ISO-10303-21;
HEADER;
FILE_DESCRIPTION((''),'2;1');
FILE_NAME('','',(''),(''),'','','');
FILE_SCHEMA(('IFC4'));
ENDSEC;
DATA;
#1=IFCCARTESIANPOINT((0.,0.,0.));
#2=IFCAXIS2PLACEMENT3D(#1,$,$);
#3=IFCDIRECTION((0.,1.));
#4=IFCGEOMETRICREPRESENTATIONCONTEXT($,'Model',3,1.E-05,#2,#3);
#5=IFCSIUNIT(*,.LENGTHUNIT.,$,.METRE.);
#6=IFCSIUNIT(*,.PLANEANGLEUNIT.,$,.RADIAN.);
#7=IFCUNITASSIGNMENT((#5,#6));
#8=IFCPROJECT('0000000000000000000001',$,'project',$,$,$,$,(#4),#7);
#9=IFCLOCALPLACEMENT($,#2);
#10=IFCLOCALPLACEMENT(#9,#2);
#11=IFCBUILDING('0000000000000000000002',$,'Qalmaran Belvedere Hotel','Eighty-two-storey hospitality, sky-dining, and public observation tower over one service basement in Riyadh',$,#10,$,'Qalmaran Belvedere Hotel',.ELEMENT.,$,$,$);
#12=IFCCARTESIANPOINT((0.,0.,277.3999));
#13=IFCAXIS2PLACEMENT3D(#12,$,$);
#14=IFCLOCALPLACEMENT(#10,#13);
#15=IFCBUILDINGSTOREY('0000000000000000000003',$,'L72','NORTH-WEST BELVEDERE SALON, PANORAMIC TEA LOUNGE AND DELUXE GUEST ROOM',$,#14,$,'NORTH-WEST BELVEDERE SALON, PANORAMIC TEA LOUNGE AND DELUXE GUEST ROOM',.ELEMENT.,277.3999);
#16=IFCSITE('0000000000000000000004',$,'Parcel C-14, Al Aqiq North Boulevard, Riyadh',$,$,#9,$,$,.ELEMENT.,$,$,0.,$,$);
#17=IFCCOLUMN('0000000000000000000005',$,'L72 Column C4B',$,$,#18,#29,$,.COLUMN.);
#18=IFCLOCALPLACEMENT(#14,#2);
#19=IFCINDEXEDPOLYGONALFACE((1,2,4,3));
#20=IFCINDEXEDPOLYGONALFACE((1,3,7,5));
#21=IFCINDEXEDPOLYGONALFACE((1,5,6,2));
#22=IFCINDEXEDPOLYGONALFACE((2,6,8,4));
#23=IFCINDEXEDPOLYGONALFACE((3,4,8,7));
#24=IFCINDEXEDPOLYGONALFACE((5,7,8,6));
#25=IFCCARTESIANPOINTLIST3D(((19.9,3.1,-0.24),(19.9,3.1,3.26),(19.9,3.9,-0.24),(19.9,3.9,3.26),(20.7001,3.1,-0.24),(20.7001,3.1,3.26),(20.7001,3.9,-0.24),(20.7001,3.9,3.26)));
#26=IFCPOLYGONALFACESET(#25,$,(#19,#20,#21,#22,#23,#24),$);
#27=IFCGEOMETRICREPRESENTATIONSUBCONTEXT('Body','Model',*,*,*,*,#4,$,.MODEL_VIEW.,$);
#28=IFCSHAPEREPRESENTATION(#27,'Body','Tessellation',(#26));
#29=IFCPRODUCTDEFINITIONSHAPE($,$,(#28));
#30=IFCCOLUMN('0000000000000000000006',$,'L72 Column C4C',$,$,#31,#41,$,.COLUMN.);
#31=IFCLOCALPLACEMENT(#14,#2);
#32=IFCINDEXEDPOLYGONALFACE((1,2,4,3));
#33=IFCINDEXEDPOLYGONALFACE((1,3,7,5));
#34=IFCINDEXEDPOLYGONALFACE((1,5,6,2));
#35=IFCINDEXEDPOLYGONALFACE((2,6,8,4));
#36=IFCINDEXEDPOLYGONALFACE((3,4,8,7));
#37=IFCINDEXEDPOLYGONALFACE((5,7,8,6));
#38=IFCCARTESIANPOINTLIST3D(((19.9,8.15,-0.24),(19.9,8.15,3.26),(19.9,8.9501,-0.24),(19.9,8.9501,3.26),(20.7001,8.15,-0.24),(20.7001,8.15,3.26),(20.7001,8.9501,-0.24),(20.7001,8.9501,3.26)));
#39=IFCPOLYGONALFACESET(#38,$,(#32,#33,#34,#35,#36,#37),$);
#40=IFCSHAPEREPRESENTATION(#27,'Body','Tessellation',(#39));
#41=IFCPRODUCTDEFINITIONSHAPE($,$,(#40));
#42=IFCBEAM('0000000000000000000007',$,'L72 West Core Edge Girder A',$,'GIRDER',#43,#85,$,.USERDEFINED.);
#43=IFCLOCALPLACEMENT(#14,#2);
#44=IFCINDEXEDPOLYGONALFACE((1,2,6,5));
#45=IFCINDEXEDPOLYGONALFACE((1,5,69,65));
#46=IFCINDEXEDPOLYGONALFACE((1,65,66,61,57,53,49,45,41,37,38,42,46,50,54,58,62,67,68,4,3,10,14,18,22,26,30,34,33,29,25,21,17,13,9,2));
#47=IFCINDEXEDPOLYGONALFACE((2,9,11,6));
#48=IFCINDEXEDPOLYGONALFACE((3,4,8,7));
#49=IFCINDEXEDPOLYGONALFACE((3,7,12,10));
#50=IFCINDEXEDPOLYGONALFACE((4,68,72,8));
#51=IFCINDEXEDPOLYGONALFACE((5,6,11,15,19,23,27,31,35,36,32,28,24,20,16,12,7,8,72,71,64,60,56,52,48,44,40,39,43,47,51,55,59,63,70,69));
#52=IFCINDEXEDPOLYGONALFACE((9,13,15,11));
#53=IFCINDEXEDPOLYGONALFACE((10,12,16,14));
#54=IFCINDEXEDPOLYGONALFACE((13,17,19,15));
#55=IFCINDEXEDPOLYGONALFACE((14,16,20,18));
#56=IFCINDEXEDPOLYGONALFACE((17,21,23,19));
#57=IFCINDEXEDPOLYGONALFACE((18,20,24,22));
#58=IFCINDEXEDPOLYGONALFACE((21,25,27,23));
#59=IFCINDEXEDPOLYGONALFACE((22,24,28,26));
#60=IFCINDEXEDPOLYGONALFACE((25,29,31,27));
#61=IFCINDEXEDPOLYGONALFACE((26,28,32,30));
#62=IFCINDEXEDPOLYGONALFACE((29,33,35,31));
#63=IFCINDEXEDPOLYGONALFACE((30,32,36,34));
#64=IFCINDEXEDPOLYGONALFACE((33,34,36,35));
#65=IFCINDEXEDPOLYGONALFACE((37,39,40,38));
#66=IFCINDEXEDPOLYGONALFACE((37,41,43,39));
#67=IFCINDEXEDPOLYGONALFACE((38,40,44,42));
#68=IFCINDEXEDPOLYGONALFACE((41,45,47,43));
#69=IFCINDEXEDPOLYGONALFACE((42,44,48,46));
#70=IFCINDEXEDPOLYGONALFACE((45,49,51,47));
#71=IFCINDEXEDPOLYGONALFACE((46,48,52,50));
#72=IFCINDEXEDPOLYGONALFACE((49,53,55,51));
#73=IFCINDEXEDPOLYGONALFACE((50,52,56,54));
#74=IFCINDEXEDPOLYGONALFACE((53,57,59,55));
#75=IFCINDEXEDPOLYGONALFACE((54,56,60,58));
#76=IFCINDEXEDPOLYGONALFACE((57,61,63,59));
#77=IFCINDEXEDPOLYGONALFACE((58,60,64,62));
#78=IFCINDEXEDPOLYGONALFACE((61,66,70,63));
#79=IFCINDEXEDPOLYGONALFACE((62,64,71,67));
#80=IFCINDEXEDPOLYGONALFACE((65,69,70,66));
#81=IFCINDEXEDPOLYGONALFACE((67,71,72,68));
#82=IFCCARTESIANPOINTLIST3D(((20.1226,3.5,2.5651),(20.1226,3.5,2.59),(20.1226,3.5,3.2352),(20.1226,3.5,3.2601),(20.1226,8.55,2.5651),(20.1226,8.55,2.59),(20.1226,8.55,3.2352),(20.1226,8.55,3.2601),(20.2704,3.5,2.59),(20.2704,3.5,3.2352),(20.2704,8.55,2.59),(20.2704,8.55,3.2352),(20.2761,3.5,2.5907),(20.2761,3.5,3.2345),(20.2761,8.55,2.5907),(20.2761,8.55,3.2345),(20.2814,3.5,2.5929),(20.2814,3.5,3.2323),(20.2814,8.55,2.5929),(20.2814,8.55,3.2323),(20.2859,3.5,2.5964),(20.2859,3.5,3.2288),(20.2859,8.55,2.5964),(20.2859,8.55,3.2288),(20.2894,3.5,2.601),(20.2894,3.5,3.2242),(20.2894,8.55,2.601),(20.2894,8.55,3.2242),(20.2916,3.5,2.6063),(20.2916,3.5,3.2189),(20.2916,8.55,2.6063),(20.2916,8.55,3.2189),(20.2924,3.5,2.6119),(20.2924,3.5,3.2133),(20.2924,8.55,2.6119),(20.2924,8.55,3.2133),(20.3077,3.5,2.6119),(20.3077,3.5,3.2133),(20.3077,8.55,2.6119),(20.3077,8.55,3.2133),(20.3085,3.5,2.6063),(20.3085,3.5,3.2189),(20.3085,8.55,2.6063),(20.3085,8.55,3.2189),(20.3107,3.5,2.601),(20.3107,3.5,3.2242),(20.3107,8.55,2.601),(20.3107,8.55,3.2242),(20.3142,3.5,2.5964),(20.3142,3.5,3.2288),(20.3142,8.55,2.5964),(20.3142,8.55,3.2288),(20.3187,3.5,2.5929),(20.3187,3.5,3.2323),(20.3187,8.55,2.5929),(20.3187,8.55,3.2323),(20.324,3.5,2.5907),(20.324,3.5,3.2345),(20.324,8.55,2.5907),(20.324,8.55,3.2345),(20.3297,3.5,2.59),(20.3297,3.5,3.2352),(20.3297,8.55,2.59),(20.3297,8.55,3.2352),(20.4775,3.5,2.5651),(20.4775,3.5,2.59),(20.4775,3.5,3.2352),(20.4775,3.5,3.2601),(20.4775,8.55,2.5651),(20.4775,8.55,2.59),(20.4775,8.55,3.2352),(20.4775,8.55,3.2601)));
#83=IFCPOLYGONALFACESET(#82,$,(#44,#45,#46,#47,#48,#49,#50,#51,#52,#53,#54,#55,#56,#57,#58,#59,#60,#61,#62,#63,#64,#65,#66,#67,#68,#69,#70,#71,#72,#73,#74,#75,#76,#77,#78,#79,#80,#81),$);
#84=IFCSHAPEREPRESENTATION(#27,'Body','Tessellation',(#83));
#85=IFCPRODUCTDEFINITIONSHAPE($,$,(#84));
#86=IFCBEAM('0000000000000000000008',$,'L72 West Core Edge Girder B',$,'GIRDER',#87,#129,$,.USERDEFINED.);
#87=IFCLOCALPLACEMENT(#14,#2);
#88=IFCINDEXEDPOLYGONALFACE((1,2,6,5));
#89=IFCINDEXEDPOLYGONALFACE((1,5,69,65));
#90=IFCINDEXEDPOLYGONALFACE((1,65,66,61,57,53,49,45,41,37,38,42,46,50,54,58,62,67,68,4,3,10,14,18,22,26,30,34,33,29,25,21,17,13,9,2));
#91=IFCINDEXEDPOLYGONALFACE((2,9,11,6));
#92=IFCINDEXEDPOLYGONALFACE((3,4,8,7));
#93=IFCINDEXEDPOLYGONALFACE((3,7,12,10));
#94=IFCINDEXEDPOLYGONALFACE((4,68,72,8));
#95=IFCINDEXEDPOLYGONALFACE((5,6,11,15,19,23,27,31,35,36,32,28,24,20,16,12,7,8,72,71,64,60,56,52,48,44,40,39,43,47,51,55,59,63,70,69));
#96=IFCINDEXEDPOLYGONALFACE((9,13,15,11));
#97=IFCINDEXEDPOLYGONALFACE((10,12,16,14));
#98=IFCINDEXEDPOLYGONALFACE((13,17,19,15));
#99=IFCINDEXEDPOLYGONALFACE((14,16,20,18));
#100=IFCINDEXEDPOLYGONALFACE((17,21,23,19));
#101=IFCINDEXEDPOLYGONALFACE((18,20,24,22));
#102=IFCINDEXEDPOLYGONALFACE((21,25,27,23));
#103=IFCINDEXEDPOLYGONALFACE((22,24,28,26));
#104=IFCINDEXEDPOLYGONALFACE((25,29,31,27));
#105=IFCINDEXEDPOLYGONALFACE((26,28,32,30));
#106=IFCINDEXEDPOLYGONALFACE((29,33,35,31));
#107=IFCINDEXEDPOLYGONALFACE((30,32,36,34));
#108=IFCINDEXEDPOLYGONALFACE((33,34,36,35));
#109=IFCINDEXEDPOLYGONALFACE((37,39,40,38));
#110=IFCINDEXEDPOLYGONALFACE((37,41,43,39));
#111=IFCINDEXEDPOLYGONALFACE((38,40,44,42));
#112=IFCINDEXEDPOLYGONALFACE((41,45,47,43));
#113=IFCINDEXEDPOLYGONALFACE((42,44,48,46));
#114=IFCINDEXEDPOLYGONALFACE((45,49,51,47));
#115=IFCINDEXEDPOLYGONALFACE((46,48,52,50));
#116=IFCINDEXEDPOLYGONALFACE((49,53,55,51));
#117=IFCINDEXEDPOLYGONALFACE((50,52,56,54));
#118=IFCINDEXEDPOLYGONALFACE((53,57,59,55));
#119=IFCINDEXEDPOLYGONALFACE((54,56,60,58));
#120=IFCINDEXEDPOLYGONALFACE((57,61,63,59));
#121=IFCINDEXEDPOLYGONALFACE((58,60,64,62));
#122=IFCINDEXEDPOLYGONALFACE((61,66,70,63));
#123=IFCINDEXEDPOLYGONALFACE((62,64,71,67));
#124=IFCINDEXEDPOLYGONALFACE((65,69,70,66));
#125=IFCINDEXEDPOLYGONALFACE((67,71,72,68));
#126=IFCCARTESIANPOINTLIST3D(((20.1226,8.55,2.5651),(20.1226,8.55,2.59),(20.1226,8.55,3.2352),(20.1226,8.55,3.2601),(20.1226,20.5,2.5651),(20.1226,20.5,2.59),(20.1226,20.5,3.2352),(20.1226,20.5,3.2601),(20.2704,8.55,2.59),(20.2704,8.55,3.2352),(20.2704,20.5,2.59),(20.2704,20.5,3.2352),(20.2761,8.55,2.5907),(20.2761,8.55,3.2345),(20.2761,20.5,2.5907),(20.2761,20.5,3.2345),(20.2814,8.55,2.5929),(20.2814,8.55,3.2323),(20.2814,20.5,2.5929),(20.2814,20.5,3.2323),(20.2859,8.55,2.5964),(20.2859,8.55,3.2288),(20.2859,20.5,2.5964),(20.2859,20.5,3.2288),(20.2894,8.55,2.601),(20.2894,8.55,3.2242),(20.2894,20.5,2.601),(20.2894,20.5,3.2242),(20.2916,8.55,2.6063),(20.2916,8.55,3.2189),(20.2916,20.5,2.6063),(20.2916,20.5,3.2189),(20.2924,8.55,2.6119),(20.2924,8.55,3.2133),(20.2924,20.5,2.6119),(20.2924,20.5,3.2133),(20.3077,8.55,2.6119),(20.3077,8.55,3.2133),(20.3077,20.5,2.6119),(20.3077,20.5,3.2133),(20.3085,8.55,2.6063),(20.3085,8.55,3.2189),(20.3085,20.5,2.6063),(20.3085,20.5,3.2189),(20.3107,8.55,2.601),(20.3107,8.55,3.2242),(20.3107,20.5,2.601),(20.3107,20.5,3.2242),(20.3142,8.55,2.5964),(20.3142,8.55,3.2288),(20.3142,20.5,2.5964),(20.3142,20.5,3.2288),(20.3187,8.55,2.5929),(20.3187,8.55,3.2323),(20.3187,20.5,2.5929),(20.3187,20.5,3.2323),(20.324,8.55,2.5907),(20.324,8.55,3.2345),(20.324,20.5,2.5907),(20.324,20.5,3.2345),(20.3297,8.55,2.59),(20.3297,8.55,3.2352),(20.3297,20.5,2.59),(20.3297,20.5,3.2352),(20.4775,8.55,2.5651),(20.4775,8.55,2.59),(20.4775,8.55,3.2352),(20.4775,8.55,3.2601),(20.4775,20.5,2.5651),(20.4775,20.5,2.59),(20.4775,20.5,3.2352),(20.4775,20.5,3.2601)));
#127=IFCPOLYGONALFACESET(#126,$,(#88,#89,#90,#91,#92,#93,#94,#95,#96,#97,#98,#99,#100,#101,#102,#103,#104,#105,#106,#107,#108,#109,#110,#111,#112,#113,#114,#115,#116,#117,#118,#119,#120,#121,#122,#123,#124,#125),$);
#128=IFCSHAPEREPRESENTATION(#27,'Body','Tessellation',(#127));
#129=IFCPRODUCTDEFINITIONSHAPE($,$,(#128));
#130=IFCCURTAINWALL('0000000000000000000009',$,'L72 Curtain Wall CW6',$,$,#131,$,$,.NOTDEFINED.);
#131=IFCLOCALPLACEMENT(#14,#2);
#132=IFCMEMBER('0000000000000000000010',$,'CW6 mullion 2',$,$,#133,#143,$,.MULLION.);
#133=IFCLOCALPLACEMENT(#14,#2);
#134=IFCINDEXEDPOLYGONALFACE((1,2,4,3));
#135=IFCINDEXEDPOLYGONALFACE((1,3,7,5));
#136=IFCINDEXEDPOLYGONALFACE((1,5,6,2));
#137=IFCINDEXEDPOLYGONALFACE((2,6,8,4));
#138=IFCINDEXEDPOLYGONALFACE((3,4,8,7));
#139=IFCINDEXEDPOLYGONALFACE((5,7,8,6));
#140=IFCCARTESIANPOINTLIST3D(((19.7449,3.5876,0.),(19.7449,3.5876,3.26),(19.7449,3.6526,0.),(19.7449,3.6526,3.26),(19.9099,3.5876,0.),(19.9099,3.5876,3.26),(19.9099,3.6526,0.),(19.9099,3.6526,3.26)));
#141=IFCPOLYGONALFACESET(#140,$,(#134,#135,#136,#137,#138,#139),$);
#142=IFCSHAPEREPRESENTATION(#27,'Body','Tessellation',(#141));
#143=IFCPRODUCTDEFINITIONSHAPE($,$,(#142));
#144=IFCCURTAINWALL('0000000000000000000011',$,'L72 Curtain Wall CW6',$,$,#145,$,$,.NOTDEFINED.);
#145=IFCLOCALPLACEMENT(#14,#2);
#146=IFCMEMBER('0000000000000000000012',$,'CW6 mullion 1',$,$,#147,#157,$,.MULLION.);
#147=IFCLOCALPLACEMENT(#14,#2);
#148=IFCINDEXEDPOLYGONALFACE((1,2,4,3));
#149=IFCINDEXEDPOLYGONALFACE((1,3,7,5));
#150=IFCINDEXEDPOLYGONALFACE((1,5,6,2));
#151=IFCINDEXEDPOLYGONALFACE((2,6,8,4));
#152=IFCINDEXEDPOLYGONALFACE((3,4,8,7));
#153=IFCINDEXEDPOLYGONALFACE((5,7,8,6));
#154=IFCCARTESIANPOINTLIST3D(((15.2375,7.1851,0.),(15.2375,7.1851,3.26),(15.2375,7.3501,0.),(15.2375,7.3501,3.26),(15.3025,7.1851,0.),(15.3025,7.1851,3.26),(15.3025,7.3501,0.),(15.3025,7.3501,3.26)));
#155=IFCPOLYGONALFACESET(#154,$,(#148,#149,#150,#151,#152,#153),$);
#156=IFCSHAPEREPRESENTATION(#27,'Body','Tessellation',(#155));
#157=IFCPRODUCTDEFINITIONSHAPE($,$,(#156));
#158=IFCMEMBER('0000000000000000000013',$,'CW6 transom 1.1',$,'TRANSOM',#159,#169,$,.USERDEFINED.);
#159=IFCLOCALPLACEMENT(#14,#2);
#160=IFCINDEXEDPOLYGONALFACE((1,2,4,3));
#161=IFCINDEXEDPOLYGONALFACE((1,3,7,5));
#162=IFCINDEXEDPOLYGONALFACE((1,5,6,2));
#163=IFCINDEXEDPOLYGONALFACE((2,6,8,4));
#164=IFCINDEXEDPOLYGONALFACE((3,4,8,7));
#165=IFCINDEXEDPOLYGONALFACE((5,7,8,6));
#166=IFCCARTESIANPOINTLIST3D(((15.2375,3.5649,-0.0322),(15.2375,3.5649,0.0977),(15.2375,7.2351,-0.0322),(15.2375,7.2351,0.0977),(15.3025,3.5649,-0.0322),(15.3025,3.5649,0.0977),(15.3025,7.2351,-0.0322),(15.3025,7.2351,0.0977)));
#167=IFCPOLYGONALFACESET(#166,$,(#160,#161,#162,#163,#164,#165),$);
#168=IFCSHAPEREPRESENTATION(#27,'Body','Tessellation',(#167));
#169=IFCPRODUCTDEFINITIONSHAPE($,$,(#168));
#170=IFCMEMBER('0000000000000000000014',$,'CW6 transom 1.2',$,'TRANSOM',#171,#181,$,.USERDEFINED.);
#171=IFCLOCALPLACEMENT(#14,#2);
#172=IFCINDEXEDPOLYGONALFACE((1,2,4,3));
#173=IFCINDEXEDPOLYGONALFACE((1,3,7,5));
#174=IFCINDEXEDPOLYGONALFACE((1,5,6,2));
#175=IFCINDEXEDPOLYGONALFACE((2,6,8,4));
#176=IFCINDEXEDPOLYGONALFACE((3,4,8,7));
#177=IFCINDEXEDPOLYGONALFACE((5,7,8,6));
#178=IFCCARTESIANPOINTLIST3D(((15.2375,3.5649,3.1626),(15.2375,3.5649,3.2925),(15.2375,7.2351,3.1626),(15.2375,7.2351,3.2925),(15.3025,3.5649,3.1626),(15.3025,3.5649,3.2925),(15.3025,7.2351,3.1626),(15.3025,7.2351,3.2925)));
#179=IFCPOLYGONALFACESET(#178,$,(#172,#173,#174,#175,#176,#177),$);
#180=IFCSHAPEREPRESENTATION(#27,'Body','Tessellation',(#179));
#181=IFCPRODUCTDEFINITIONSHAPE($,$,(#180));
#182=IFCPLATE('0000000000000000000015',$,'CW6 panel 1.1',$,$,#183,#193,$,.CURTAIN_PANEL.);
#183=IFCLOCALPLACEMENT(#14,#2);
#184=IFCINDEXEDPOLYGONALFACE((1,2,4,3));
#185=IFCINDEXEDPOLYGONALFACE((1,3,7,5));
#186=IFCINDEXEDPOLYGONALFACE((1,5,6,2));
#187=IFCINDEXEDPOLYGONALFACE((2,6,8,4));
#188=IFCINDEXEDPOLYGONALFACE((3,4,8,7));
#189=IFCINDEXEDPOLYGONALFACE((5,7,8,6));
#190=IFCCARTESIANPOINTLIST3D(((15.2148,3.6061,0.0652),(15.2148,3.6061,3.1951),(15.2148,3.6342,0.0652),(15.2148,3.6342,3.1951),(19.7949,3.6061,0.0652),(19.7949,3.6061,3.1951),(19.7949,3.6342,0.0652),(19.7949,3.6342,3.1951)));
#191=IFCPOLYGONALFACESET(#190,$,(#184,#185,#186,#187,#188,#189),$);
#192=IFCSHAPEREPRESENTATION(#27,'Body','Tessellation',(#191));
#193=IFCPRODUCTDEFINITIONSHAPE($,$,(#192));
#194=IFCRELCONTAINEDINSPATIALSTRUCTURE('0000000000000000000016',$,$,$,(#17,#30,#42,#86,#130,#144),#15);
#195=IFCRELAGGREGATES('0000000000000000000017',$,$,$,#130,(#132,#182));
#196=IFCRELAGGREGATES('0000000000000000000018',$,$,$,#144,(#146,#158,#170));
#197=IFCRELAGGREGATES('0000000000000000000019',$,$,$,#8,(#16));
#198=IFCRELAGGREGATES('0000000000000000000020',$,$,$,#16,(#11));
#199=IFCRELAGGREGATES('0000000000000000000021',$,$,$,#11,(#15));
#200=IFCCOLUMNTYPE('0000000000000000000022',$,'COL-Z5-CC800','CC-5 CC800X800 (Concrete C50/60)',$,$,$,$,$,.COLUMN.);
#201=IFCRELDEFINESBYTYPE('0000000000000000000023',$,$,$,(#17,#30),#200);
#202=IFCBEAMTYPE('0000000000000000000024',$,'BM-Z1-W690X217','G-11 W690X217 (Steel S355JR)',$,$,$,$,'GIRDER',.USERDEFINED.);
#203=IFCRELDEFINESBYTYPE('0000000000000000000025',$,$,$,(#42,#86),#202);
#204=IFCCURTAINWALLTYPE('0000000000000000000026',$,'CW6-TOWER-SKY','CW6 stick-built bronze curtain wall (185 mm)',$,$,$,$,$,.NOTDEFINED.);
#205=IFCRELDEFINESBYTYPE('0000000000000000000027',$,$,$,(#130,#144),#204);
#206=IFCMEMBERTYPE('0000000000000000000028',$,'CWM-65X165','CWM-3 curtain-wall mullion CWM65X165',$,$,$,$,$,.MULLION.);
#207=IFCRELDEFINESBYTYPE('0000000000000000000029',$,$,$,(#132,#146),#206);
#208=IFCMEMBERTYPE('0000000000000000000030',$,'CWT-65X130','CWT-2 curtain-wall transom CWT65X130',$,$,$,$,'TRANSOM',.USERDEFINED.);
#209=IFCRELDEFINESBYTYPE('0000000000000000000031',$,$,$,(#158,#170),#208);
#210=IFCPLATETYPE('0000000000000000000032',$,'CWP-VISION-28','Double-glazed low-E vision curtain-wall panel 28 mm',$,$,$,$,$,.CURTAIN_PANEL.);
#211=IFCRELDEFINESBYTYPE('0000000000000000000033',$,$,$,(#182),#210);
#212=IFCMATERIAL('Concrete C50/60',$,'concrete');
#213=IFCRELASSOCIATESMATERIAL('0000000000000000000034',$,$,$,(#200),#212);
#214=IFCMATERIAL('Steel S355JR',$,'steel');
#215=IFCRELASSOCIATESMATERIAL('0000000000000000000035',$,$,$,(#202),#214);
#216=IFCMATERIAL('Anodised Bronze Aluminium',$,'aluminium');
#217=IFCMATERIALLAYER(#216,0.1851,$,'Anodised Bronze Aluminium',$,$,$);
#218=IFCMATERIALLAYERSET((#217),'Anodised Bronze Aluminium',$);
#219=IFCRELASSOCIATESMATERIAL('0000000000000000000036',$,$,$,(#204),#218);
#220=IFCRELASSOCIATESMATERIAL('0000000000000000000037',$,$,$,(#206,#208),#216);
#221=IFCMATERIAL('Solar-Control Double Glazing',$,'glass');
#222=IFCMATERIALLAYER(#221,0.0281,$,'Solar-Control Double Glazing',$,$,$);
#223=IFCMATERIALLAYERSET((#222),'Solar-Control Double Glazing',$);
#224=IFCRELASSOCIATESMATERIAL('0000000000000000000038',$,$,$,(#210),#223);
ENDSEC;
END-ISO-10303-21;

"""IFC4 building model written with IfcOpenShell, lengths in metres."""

from ifc_helpers import new_model, si_unit, direction, frame, origin, origin_2d, place, context, subcontext, project, spatial, rectangle, i_section, extrude, material, layer, layer_set, material_profile, profile_set, type_object, element, aggregate, save


model = new_model("IFC4")

# Units and contexts
model_context = context("Model", 3, precision=1e-05, world=origin(), true_north=direction((0.0, 1.0)))
body_context = subcontext(model_context, "Body", "Model", "MODEL_VIEW")
ifc_project = project(units=[si_unit("LENGTHUNIT", "METRE"), si_unit("PLANEANGLEUNIT", "RADIAN")], contexts=[model_context])

# Site, building, storey
site_placement = place(None, origin())
site = spatial("IfcSite", under=ifc_project, at=site_placement, Name="Parcel C-14, Al Aqiq North Boulevard, Riyadh", CompositionType="ELEMENT", RefElevation=0.0)
building_placement = place(site_placement, origin())
building = spatial("IfcBuilding", under=site, at=building_placement, Name="Qalmaran Belvedere Hotel", Description="Eighty-two-storey hospitality, sky-dining, and public observation tower over one service basement in Riyadh", LongName="Qalmaran Belvedere Hotel", CompositionType="ELEMENT")
storey_placement = place(building_placement, frame((0.0, 0.0, 277.3999)))
storey = spatial("IfcBuildingStorey", under=building, at=storey_placement, Name="L72", Description="NORTH-WEST BELVEDERE SALON, PANORAMIC TEA LOUNGE AND DELUXE GUEST ROOM", LongName="NORTH-WEST BELVEDERE SALON, PANORAMIC TEA LOUNGE AND DELUXE GUEST ROOM", CompositionType="ELEMENT", Elevation=277.3999)

# Columns
ifc_material_1 = material(Name="Concrete C50/60", Category="concrete")
ifc_material_profile_1 = material_profile(ifc_material_1, rectangle(XDim=0.8, YDim=0.8, at=origin_2d()), Name="CC800X800")
ifc_profile_set_1 = profile_set([ifc_material_profile_1], Name="Concrete C50/60")
column_type = type_object("IfcColumnType", Name="COL-Z5-CC800", Description="CC-5 CC800X800 (Concrete C50/60)", PredefinedType="COLUMN", material=ifc_profile_set_1)
for number, where, z_axis, x_axis, name in (
    (1, (20.3, 3.5, -0.24), (0.0, 0.0, 1.0), (1.0, 0.0, 0.0), "L72 Column C4B"),
    (2, (20.3, 8.55, -0.24), (0.0, 0.0, 1.0), (1.0, 0.0, 0.0), "L72 Column C4C"),
):
    element("IfcColumn", number, at=place(storey_placement, frame(where, z_axis=z_axis, x_axis=x_axis)), inside=storey, type_object=column_type, Name=name, PredefinedType="COLUMN", context=body_context, shape_type="SweptSolid", body=[
        extrude(rectangle(XDim=0.8, YDim=0.8, at=origin_2d()), origin(), (0.0, 0.0, 1.0), 3.5),
    ])

# Beams
ifc_material_2 = material(Name="Steel S355JR", Category="steel")
ifc_material_profile_2 = material_profile(ifc_material_2, i_section(OverallWidth=0.355, OverallDepth=0.6951, WebThickness=0.0154, FlangeThickness=0.0249, FilletRadius=0.022, at=origin_2d()), Name="W690X217")
ifc_profile_set_2 = profile_set([ifc_material_profile_2], Name="Steel S355JR")
beam_type = type_object("IfcBeamType", Name="BM-Z1-W690X217", Description="G-11 W690X217 (Steel S355JR)", ElementType="GIRDER", PredefinedType="USERDEFINED", material=ifc_profile_set_2)
beam_1_placement = place(storey_placement, frame((20.3, 3.5, 2.9126), z_axis=(0.0, 1.0, 0.0), x_axis=(-1.0, 0.0, 0.0)))
element("IfcBeam", 3, at=beam_1_placement, inside=storey, type_object=beam_type, Name="L72 West Core Edge Girder A", ObjectType="GIRDER", PredefinedType="USERDEFINED", context=body_context, shape_type="SweptSolid", body=[
    extrude(i_section(OverallWidth=0.355, OverallDepth=0.6951, WebThickness=0.0154, FlangeThickness=0.0249, FilletRadius=0.022, at=origin_2d()), origin(), (0.0, 0.0, 1.0), 5.05),
])
beam_2_placement = place(storey_placement, frame((20.3, 8.55, 2.9126), z_axis=(0.0, 1.0, 0.0), x_axis=(-1.0, 0.0, 0.0)))
element("IfcBeam", 4, at=beam_2_placement, inside=storey, type_object=beam_type, Name="L72 West Core Edge Girder B", ObjectType="GIRDER", PredefinedType="USERDEFINED", context=body_context, shape_type="SweptSolid", body=[
    extrude(i_section(OverallWidth=0.355, OverallDepth=0.6951, WebThickness=0.0154, FlangeThickness=0.0249, FilletRadius=0.022, at=origin_2d()), origin(), (0.0, 0.0, 1.0), 11.95),
])

# Curtain wall, member
ifc_material_3 = material(Name="Anodised Bronze Aluminium", Category="aluminium")
ifc_layer_1 = layer(ifc_material_3, 0.1851, Name="Anodised Bronze Aluminium")
ifc_layer_set_1 = layer_set([ifc_layer_1], Name="Anodised Bronze Aluminium")
curtain_wall_type = type_object("IfcCurtainWallType", Name="CW6-TOWER-SKY", Description="CW6 stick-built bronze curtain wall (185 mm)", PredefinedType="NOTDEFINED", material=ifc_layer_set_1)
curtain_wall_1_placement = place(storey_placement, origin())
curtain_wall_1 = element("IfcCurtainWall", 5, at=curtain_wall_1_placement, inside=storey, type_object=curtain_wall_type, Name="L72 Curtain Wall CW6", PredefinedType="NOTDEFINED")
ifc_material_profile_3 = material_profile(ifc_material_3, rectangle(XDim=0.0649, YDim=0.165, at=origin_2d()), Name="CWM65X165")
ifc_profile_set_3 = profile_set([ifc_material_profile_3], Name="Anodised Bronze Aluminium")
member_type_1 = type_object("IfcMemberType", Name="CWM-65X165", Description="CWM-3 curtain-wall mullion CWM65X165", PredefinedType="MULLION", material=ifc_profile_set_3)
member_1_placement = place(storey_placement, frame((19.8274, 3.6201, 0.0), z_axis=(0.0, 0.0, 1.0), x_axis=(0.0, 1.0, 0.0)))
member_1 = element("IfcMember", 6, at=member_1_placement, type_object=member_type_1, Name="CW6 mullion 2", PredefinedType="MULLION", context=body_context, shape_type="SweptSolid", body=[
    extrude(rectangle(XDim=0.0649, YDim=0.165, at=origin_2d()), origin(), (0.0, 0.0, 1.0), 3.26),
])

# Curtain wall, members
curtain_wall_2_placement = place(storey_placement, origin())
curtain_wall_2 = element("IfcCurtainWall", 7, at=curtain_wall_2_placement, inside=storey, type_object=curtain_wall_type, Name="L72 Curtain Wall CW6", PredefinedType="NOTDEFINED")
member_2_placement = place(storey_placement, frame((15.27, 7.2676, 0.0), z_axis=(0.0, 0.0, 1.0), x_axis=(1.0, 0.0, 0.0)))
member_2 = element("IfcMember", 8, at=member_2_placement, type_object=member_type_1, Name="CW6 mullion 1", PredefinedType="MULLION", context=body_context, shape_type="SweptSolid", body=[
    extrude(rectangle(XDim=0.0649, YDim=0.165, at=origin_2d()), origin(), (0.0, 0.0, 1.0), 3.26),
])
ifc_material_profile_4 = material_profile(ifc_material_3, rectangle(XDim=0.0649, YDim=0.1299, at=origin_2d()), Name="CWT65X130")
ifc_profile_set_4 = profile_set([ifc_material_profile_4], Name="Anodised Bronze Aluminium")
member_type_2 = type_object("IfcMemberType", Name="CWT-65X130", Description="CWT-2 curtain-wall transom CWT65X130", ElementType="TRANSOM", PredefinedType="USERDEFINED", material=ifc_profile_set_4)
member_3_placement = place(storey_placement, frame((15.27, 7.2351, 0.0327), z_axis=(0.0, -1.0, 0.0), x_axis=(1.0, 0.0, 0.0)))
member_3 = element("IfcMember", 9, at=member_3_placement, type_object=member_type_2, Name="CW6 transom 1.1", ObjectType="TRANSOM", PredefinedType="USERDEFINED", context=body_context, shape_type="SweptSolid", body=[
    extrude(rectangle(XDim=0.0649, YDim=0.1299, at=origin_2d()), origin(), (0.0, 0.0, 1.0), 3.6702),
])
member_4_placement = place(storey_placement, frame((15.27, 7.2351, 3.2275), z_axis=(0.0, -1.0, 0.0), x_axis=(1.0, 0.0, 0.0)))
member_4 = element("IfcMember", 10, at=member_4_placement, type_object=member_type_2, Name="CW6 transom 1.2", ObjectType="TRANSOM", PredefinedType="USERDEFINED", context=body_context, shape_type="SweptSolid", body=[
    extrude(rectangle(XDim=0.0649, YDim=0.1299, at=origin_2d()), origin(), (0.0, 0.0, 1.0), 3.6702),
])

# Plate
ifc_material_4 = material(Name="Solar-Control Double Glazing", Category="glass")
ifc_layer_2 = layer(ifc_material_4, 0.0281, Name="Solar-Control Double Glazing")
ifc_layer_set_2 = layer_set([ifc_layer_2], Name="Solar-Control Double Glazing")
plate_type = type_object("IfcPlateType", Name="CWP-VISION-28", Description="Double-glazed low-E vision curtain-wall panel 28 mm", PredefinedType="CURTAIN_PANEL", material=ifc_layer_set_2)
plate_1_placement = place(storey_placement, frame((17.5049, 3.6201, 0.0652), z_axis=(0.0, 0.0, 1.0), x_axis=(1.0, 0.0, 0.0)))
plate_1 = element("IfcPlate", 11, at=plate_1_placement, type_object=plate_type, Name="CW6 panel 1.1", PredefinedType="CURTAIN_PANEL", context=body_context, shape_type="SweptSolid", body=[
    extrude(rectangle(XDim=4.5801, YDim=0.0281, at=origin_2d()), origin(), (0.0, 0.0, 1.0), 3.1299),
])
aggregate(curtain_wall_1, [member_1, plate_1])
aggregate(curtain_wall_2, [member_2, member_3, member_4])

save(model, "model.ifc")
